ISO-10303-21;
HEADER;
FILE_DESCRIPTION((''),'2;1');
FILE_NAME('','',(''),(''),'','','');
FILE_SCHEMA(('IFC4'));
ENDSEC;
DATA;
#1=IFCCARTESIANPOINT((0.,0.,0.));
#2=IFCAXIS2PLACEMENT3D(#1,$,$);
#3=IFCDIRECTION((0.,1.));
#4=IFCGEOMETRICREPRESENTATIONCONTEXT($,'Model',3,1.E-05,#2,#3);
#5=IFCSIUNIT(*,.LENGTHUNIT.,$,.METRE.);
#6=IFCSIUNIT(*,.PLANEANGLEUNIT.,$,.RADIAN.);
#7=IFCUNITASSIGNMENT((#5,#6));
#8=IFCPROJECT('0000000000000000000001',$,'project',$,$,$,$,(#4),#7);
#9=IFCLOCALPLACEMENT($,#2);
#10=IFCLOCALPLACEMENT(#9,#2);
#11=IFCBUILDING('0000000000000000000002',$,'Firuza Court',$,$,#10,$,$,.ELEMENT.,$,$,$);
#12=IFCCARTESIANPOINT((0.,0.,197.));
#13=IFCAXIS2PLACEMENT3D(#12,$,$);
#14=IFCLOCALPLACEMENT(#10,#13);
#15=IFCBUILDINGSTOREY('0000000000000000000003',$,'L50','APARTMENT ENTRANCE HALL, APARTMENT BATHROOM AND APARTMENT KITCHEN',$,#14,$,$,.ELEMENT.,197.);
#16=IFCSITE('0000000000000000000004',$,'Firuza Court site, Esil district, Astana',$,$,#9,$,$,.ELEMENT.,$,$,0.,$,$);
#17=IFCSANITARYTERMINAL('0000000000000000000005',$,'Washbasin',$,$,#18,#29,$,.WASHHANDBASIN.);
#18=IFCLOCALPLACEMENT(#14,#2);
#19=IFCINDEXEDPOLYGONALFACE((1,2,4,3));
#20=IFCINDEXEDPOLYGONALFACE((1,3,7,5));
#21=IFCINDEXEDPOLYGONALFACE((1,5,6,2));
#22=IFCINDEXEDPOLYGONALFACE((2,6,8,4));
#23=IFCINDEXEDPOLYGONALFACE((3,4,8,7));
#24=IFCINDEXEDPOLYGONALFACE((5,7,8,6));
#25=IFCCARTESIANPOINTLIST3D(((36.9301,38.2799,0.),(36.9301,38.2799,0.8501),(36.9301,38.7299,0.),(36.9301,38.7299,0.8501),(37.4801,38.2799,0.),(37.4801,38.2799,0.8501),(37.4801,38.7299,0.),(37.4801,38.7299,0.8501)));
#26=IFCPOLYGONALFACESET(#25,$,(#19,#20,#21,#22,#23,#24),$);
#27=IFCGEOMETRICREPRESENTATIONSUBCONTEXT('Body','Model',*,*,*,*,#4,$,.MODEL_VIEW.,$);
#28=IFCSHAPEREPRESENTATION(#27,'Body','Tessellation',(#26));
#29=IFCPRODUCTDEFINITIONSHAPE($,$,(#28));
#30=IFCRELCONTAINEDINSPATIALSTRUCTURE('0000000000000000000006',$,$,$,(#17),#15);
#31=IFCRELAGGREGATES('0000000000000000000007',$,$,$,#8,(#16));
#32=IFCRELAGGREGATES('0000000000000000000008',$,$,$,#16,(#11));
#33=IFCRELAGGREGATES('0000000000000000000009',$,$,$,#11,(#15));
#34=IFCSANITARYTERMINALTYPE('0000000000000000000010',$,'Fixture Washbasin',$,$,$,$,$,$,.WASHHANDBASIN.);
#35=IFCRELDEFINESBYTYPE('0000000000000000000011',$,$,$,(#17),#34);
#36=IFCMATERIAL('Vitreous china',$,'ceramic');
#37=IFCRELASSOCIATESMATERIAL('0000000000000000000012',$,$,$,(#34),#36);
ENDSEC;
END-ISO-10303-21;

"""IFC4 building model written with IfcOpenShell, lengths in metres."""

from ifc_helpers import new_model, si_unit, direction, frame, origin, origin_2d, place, context, subcontext, project, spatial, rectangle, extrude, material, type_object, element, save


model = new_model("IFC4")

# Units and contexts
model_context = context("Model", 3, precision=1e-05, world=origin(), true_north=direction((0.0, 1.0)))
body_context = subcontext(model_context, "Body", "Model", "MODEL_VIEW")
ifc_project = project(units=[si_unit("LENGTHUNIT", "METRE"), si_unit("PLANEANGLEUNIT", "RADIAN")], contexts=[model_context])

# Site, building, storey
site_placement = place(None, origin())
site = spatial("IfcSite", under=ifc_project, at=site_placement, Name="Firuza Court site, Esil district, Astana", CompositionType="ELEMENT", RefElevation=0.0)
building_placement = place(site_placement, origin())
building = spatial("IfcBuilding", under=site, at=building_placement, Name="Firuza Court", CompositionType="ELEMENT")
storey_placement = place(building_placement, frame((0.0, 0.0, 197.0)))
storey = spatial("IfcBuildingStorey", under=building, at=storey_placement, Name="L50", Description="APARTMENT ENTRANCE HALL, APARTMENT BATHROOM AND APARTMENT KITCHEN", CompositionType="ELEMENT", Elevation=197.0)

# Sanitary terminal
ifc_material_1 = material(Name="Vitreous china", Category="ceramic")
sanitary_terminal_type_1 = type_object("IfcSanitaryTerminalType", Name="Fixture Washbasin", PredefinedType="WASHHANDBASIN", material=ifc_material_1)
for number, where, z_axis, x_axis, name in (
    (1, (37.2051, 38.5049, 0.0), (0.0, 0.0, 1.0), (1.0, 0.0, 0.0), "Washbasin"),
):
    element("IfcSanitaryTerminal", number, at=place(storey_placement, frame(where, z_axis=z_axis, x_axis=x_axis)), inside=storey, type_object=sanitary_terminal_type_1, Name=name, PredefinedType="WASHHANDBASIN", context=body_context, shape_type="SweptSolid", body=[
        extrude(rectangle(XDim=0.55, YDim=0.45, at=origin_2d()), origin(), (0.0, 0.0, 1.0), 0.8501),
    ])

save(model, "model.ifc")
